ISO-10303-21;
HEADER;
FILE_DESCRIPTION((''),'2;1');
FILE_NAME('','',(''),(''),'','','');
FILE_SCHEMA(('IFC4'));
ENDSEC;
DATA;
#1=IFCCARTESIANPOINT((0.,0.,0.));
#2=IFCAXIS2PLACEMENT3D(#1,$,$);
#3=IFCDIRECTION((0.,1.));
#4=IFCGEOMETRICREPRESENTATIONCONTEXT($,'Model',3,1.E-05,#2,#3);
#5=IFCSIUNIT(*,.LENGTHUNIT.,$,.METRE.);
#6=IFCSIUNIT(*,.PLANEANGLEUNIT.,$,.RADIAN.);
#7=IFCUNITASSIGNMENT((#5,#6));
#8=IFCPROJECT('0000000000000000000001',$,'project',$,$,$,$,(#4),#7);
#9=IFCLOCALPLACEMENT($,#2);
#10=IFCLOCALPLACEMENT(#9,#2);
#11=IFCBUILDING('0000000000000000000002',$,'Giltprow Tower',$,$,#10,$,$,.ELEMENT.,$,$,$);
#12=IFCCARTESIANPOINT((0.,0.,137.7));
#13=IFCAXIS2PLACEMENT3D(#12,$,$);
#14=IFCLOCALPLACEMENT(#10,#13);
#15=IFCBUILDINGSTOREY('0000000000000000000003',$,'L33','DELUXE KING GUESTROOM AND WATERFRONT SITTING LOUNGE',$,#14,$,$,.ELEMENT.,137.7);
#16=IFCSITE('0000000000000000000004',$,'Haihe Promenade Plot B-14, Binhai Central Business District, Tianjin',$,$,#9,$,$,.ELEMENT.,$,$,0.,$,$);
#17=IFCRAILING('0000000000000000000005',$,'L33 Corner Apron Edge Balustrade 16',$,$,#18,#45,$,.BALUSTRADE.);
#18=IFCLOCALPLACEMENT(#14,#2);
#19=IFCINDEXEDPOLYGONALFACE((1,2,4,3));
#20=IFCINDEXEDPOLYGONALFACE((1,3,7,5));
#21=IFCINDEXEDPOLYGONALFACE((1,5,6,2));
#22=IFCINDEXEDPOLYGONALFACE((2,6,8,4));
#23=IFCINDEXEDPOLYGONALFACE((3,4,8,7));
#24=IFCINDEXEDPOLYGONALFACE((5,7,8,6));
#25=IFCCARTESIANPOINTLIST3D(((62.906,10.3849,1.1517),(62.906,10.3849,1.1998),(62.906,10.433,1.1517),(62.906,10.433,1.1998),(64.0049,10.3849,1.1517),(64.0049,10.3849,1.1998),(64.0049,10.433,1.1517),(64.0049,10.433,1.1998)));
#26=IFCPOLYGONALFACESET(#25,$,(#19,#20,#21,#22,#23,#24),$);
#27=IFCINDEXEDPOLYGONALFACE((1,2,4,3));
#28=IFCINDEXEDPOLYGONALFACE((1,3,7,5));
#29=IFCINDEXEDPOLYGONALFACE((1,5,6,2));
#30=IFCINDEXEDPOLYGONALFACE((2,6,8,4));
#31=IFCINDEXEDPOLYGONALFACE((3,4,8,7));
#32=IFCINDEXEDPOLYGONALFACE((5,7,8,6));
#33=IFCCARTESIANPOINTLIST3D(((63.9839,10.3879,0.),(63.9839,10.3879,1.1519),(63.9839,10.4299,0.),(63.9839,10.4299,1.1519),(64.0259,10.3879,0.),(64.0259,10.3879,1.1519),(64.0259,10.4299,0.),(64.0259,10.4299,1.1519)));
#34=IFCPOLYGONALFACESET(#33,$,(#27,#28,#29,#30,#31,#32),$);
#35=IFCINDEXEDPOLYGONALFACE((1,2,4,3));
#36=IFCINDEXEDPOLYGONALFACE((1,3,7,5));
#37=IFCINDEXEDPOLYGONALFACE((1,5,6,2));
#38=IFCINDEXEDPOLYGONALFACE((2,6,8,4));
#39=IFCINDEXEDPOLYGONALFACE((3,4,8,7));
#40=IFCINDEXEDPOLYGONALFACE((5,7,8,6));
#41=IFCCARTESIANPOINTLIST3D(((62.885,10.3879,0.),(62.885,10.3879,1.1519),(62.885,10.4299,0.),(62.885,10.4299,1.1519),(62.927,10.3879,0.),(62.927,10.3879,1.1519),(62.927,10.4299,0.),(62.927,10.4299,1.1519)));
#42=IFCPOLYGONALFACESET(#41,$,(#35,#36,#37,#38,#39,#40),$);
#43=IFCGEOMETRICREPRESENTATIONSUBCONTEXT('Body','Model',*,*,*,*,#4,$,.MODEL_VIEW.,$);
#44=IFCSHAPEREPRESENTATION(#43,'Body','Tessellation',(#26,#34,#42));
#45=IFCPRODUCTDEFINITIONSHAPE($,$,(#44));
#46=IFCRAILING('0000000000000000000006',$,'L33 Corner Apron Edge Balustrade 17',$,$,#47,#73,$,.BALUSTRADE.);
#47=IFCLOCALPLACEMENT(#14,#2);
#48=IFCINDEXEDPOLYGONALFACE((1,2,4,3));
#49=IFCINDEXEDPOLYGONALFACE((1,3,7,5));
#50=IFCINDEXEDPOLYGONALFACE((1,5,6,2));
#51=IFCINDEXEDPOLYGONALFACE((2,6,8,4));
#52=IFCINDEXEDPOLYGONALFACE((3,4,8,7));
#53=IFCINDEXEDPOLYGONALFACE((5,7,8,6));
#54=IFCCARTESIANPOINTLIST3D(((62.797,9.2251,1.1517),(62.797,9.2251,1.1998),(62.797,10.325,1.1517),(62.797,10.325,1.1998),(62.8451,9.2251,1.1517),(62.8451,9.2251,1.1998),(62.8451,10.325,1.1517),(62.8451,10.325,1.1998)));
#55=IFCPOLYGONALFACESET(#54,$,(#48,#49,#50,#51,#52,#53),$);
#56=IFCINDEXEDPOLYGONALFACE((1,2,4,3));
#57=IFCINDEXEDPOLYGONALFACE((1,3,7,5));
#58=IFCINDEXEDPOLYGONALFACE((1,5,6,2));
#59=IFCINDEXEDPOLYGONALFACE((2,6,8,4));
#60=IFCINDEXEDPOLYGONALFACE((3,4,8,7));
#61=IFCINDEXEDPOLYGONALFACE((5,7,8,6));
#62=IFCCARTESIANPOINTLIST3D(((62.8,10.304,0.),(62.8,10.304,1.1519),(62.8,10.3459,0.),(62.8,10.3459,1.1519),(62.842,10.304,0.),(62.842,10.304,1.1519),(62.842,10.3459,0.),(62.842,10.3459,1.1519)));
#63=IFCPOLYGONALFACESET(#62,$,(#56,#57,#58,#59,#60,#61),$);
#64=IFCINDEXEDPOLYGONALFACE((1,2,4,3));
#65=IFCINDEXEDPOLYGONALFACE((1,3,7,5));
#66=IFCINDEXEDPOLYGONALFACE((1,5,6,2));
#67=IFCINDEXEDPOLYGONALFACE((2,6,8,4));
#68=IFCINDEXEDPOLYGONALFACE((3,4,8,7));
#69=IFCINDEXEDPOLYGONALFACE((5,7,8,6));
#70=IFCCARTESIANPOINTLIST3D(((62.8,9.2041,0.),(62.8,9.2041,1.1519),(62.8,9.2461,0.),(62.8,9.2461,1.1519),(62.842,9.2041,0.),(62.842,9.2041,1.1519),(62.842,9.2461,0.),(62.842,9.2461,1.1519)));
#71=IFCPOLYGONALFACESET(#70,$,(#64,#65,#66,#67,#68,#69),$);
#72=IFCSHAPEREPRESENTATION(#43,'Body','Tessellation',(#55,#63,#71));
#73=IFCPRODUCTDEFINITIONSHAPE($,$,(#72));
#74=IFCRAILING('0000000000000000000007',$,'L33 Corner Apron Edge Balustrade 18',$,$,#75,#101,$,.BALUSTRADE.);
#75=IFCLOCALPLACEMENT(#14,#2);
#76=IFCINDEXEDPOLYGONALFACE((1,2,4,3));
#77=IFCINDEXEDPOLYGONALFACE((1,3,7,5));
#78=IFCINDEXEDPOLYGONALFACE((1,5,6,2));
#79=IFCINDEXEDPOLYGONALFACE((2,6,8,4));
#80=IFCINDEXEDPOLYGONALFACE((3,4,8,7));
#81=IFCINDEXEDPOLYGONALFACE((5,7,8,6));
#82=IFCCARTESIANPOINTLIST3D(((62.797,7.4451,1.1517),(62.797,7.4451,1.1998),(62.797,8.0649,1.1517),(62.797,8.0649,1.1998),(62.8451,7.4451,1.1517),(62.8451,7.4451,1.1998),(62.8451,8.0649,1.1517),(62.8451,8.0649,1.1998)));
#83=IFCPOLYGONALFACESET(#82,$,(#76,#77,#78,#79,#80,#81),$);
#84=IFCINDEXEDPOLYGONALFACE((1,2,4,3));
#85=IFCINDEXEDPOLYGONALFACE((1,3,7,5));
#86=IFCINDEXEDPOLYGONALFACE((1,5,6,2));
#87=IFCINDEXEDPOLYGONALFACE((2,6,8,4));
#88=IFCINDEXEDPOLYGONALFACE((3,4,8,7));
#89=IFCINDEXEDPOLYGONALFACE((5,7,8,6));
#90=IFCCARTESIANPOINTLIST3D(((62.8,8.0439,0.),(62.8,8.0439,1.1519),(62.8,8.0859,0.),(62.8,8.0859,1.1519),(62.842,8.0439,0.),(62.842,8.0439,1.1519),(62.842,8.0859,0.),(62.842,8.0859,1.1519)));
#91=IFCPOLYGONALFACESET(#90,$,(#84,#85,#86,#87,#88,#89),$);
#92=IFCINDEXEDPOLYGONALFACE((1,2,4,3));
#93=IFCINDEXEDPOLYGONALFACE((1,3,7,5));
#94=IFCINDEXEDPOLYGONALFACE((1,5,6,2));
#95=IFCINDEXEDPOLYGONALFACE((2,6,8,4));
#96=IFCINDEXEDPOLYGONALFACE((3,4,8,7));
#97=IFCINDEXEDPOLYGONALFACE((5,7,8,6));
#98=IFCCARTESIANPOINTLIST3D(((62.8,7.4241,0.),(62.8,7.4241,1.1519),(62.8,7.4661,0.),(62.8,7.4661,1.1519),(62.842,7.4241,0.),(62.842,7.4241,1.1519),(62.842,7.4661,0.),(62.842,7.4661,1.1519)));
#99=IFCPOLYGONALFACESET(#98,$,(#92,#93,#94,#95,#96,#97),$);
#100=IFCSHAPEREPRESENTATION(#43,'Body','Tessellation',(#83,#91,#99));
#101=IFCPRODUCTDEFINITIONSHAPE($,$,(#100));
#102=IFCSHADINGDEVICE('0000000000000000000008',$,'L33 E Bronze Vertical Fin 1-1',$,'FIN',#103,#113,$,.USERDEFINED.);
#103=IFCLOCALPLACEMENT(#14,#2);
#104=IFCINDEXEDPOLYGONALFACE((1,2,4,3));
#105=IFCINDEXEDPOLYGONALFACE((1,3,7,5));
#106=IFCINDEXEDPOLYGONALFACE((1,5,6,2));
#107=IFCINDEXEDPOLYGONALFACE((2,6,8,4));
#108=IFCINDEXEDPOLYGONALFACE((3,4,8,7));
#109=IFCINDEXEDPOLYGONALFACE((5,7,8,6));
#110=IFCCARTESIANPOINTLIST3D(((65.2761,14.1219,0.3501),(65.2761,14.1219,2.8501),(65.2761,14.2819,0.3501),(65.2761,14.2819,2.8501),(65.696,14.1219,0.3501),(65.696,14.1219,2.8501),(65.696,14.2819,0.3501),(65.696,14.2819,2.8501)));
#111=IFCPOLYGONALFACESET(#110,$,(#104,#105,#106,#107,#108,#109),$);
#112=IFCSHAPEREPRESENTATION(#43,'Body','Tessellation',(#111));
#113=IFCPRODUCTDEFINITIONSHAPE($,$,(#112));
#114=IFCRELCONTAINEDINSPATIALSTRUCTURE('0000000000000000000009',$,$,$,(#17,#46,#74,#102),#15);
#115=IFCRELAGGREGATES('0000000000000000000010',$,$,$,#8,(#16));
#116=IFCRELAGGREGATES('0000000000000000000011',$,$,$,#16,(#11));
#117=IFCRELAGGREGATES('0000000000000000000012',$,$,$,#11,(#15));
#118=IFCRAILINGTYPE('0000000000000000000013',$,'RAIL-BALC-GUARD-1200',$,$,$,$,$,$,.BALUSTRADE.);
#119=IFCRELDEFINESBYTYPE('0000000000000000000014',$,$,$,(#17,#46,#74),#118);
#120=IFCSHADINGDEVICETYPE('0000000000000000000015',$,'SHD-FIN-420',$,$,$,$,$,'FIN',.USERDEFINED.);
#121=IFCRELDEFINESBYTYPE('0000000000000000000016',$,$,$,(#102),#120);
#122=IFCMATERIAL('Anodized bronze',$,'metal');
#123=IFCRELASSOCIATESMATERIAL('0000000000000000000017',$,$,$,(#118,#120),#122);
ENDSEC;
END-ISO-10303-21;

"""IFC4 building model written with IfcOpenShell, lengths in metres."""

from ifc_helpers import new_model, si_unit, direction, frame, origin, origin_2d, place, context, subcontext, project, spatial, rectangle, extrude, source, transform, mapped, material, type_object, element, save


model = new_model("IFC4")

# Units and contexts
model_context = context("Model", 3, precision=1e-05, world=origin(), true_north=direction((0.0, 1.0)))
body_context = subcontext(model_context, "Body", "Model", "MODEL_VIEW")
ifc_project = project(units=[si_unit("LENGTHUNIT", "METRE"), si_unit("PLANEANGLEUNIT", "RADIAN")], contexts=[model_context])

# Site, building, storey
site_placement = place(None, origin())
site = spatial("IfcSite", under=ifc_project, at=site_placement, Name="Haihe Promenade Plot B-14, Binhai Central Business District, Tianjin", CompositionType="ELEMENT", RefElevation=0.0)
building_placement = place(site_placement, origin())
building = spatial("IfcBuilding", under=site, at=building_placement, Name="Giltprow Tower", CompositionType="ELEMENT")
storey_placement = place(building_placement, frame((0.0, 0.0, 137.7)))
storey = spatial("IfcBuildingStorey", under=building, at=storey_placement, Name="L33", Description="DELUXE KING GUESTROOM AND WATERFRONT SITTING LOUNGE", CompositionType="ELEMENT", Elevation=137.7)

# Shared definitions
ifc_material_1 = material(Name="Anodized bronze", Category="metal")

# Railings
railing_type = type_object("IfcRailingType", Name="RAIL-BALC-GUARD-1200", PredefinedType="BALUSTRADE", material=ifc_material_1)
railing_1_placement = place(storey_placement, frame((64.0049, 10.4089, 0.0)))
element("IfcRailing", 1, at=railing_1_placement, inside=storey, type_object=railing_type, Name="L33 Corner Apron Edge Balustrade 16", PredefinedType="BALUSTRADE", context=body_context, shape_type="SweptSolid", body=[
    extrude(rectangle(XDim=0.0481, YDim=0.0481, at=origin_2d()), frame((0.0, 0.0, 1.1758), z_axis=(-1.0, 0.0, 0.0), x_axis=(0.0, -1.0, 0.0)), (0.0, 0.0, 1.0), 1.0989),
    extrude(rectangle(XDim=0.042, YDim=0.042, at=origin_2d()), origin(), (0.0, 0.0, 1.0), 1.1519),
    extrude(rectangle(XDim=0.042, YDim=0.042, at=origin_2d()), frame((-1.0989, 0.0, 0.0)), (0.0, 0.0, 1.0), 1.1519),
])
railing_2_placement = place(storey_placement, frame((62.821, 10.325, 0.0)))
element("IfcRailing", 2, at=railing_2_placement, inside=storey, type_object=railing_type, Name="L33 Corner Apron Edge Balustrade 17", PredefinedType="BALUSTRADE", context=body_context, shape_type="SweptSolid", body=[
    extrude(rectangle(XDim=0.0481, YDim=0.0481, at=origin_2d()), frame((0.0, 0.0, 1.1758), z_axis=(0.0, -1.0, 0.0), x_axis=(1.0, 0.0, 0.0)), (0.0, 0.0, 1.0), 1.0999),
    extrude(rectangle(XDim=0.042, YDim=0.042, at=origin_2d()), origin(), (0.0, 0.0, 1.0), 1.1519),
    extrude(rectangle(XDim=0.042, YDim=0.042, at=origin_2d()), frame((0.0, -1.0999, 0.0)), (0.0, 0.0, 1.0), 1.1519),
])
railing_3_placement = place(storey_placement, frame((62.821, 8.0649, 0.0)))
element("IfcRailing", 3, at=railing_3_placement, inside=storey, type_object=railing_type, Name="L33 Corner Apron Edge Balustrade 18", PredefinedType="BALUSTRADE", context=body_context, shape_type="SweptSolid", body=[
    extrude(rectangle(XDim=0.0481, YDim=0.0481, at=origin_2d()), frame((0.0, 0.0, 1.1758), z_axis=(0.0, -1.0, 0.0), x_axis=(1.0, 0.0, 0.0)), (0.0, 0.0, 1.0), 0.6199),
    extrude(rectangle(XDim=0.042, YDim=0.042, at=origin_2d()), origin(), (0.0, 0.0, 1.0), 1.1519),
    extrude(rectangle(XDim=0.042, YDim=0.042, at=origin_2d()), frame((0.0, -0.6199, 0.0)), (0.0, 0.0, 1.0), 1.1519),
])

# Shading device
shading_device_type = type_object("IfcShadingDeviceType", Name="SHD-FIN-420", ElementType="FIN", PredefinedType="USERDEFINED", material=ifc_material_1)
shared_shape_1 = source(origin(), body_context, "Body", "SweptSolid", [
    extrude(rectangle(XDim=0.4199, YDim=0.1599, at=origin_2d()), origin(), (0.0, 0.0, 1.0), 2.5),
])
shading_device_placement = place(storey_placement, frame((65.4861, 14.2019, 0.3501), z_axis=(0.0, 0.0, 1.0), x_axis=(1.0, 0.0, 0.0)))
element("IfcShadingDevice", 4, at=shading_device_placement, inside=storey, type_object=shading_device_type, Name="L33 E Bronze Vertical Fin 1-1", ObjectType="FIN", PredefinedType="USERDEFINED", context=body_context, shape_type="MappedRepresentation", body=[
    mapped(shared_shape_1, transform((0.0, 0.0, 0.0), x_axis=(1.0, 0.0, 0.0), y_axis=(0.0, 1.0, 0.0), z_axis=(0.0, 0.0, 1.0), scale=1.0)),
])

save(model, "model.ifc")
